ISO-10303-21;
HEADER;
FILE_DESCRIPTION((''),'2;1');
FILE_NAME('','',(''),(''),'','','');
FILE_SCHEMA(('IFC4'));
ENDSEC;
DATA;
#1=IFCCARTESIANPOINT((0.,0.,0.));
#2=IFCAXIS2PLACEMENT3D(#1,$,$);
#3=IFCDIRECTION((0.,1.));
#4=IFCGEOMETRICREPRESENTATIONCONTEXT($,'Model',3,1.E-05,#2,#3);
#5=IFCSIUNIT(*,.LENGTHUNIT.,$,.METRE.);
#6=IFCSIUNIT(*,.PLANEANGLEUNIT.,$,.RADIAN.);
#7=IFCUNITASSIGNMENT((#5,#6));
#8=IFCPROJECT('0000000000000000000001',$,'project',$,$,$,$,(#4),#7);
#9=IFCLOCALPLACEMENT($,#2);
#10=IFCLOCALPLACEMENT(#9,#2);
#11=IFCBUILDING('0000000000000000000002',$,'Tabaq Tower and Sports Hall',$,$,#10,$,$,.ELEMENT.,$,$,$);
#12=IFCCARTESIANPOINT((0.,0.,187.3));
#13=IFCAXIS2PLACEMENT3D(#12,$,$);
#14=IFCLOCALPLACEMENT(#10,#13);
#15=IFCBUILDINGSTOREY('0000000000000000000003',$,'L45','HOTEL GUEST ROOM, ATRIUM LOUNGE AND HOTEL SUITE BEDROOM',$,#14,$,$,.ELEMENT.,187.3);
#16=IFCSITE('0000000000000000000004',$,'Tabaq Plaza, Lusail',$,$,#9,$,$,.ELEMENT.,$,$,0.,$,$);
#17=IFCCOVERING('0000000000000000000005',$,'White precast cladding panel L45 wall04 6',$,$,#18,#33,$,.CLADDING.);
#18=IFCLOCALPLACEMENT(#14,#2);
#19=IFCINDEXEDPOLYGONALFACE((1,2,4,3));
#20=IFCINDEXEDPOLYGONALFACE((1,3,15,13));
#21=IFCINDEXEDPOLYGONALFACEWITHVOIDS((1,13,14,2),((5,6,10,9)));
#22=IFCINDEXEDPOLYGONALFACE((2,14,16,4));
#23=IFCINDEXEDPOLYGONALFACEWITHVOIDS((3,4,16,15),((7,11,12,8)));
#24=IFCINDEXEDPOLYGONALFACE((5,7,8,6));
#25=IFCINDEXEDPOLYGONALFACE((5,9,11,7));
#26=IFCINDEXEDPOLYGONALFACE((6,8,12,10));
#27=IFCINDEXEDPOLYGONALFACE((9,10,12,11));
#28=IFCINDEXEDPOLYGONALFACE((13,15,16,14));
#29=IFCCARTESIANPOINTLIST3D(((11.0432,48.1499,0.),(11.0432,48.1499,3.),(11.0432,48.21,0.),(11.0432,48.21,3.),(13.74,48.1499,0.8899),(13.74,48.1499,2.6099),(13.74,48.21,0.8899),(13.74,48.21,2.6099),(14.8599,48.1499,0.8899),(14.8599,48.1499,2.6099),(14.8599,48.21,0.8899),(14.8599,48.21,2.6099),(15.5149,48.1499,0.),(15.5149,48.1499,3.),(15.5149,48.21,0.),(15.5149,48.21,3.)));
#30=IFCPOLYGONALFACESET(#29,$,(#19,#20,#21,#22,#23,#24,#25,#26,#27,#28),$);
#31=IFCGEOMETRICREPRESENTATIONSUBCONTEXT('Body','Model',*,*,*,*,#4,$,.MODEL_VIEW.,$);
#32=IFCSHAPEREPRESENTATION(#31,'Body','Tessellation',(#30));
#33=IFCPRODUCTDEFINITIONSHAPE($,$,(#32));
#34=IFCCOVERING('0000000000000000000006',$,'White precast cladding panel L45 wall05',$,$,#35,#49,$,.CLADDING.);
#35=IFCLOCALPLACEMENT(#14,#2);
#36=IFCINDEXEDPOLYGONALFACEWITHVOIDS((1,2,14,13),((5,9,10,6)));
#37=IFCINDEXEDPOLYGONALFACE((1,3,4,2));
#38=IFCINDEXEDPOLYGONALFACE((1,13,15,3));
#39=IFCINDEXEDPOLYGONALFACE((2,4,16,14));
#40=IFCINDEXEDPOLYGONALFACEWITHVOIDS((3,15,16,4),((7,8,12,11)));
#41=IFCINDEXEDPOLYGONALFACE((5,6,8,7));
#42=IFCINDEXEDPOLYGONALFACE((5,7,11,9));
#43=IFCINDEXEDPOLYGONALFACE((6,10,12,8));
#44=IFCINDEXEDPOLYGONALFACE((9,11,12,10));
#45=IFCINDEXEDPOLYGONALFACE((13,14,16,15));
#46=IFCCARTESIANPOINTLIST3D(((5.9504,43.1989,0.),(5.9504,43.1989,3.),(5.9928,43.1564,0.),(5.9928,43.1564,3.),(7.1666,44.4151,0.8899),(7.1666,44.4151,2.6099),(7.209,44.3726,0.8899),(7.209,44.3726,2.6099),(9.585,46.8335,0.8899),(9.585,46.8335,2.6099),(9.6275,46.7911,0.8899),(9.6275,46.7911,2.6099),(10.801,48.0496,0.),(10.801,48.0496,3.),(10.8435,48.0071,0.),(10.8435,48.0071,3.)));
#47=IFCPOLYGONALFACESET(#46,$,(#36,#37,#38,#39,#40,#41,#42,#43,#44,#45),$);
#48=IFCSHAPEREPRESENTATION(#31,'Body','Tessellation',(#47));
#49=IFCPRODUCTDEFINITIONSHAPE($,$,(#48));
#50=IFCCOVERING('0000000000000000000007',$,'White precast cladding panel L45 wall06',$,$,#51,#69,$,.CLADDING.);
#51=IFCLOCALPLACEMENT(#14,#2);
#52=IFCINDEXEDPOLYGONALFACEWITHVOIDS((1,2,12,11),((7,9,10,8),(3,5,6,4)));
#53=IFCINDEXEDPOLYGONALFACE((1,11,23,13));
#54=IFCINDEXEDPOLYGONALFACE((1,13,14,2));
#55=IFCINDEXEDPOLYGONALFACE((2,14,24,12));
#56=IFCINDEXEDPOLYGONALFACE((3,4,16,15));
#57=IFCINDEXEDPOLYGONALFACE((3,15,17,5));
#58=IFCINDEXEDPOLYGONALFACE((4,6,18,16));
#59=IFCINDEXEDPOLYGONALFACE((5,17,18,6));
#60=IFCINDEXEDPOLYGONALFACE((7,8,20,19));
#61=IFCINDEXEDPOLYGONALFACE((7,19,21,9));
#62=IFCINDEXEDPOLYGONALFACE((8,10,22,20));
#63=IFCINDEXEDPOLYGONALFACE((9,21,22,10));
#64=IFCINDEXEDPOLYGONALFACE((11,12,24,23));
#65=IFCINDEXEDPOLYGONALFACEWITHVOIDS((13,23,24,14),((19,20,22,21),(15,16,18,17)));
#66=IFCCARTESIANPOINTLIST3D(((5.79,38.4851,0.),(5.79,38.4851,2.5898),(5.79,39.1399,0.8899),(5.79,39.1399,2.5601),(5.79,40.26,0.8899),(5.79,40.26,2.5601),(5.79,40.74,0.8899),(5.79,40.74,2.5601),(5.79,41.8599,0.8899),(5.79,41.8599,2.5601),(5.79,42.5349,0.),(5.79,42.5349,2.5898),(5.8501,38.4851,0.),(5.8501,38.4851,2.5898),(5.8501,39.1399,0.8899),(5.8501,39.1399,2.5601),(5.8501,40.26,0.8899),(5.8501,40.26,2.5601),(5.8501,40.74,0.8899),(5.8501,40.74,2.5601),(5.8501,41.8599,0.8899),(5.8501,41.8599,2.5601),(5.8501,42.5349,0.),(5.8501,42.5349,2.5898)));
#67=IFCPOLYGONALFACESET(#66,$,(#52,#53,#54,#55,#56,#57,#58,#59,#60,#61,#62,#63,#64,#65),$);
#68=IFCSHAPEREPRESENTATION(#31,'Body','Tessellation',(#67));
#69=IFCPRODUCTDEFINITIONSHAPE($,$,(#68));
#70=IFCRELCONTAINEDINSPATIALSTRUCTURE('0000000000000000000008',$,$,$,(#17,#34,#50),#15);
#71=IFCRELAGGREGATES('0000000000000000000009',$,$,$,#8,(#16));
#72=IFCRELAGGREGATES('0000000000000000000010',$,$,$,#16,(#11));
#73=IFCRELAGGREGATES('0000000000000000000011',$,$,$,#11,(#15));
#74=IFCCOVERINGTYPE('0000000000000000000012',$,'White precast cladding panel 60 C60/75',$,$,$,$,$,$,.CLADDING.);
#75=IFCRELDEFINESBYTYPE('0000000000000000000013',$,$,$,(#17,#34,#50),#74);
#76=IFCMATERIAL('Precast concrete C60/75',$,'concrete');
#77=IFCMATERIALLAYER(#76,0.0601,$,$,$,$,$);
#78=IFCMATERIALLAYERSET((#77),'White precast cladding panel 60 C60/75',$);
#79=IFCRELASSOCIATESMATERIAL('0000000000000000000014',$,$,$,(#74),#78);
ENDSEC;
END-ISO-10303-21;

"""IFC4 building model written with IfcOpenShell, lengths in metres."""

from ifc_helpers import new_model, si_unit, direction, frame, origin, place, context, subcontext, project, spatial, polyline, outline, extrude, material, layer, layer_set, type_object, element, save


model = new_model("IFC4")

# Units and contexts
model_context = context("Model", 3, precision=1e-05, world=origin(), true_north=direction((0.0, 1.0)))
body_context = subcontext(model_context, "Body", "Model", "MODEL_VIEW")
ifc_project = project(units=[si_unit("LENGTHUNIT", "METRE"), si_unit("PLANEANGLEUNIT", "RADIAN")], contexts=[model_context])

# Site, building, storey
site_placement = place(None, origin())
site = spatial("IfcSite", under=ifc_project, at=site_placement, Name="Tabaq Plaza, Lusail", CompositionType="ELEMENT", RefElevation=0.0)
building_placement = place(site_placement, origin())
building = spatial("IfcBuilding", under=site, at=building_placement, Name="Tabaq Tower and Sports Hall", CompositionType="ELEMENT")
storey_placement = place(building_placement, frame((0.0, 0.0, 187.3)))
storey = spatial("IfcBuildingStorey", under=building, at=storey_placement, Name="L45", Description="HOTEL GUEST ROOM, ATRIUM LOUNGE AND HOTEL SUITE BEDROOM", CompositionType="ELEMENT", Elevation=187.3)

# Coverings
ifc_material_1 = material(Name="Precast concrete C60/75", Category="concrete")
ifc_layer_1 = layer(ifc_material_1, 0.0601)
ifc_layer_set_1 = layer_set([ifc_layer_1], Name="White precast cladding panel 60 C60/75")
covering_type_1 = type_object("IfcCoveringType", Name="White precast cladding panel 60 C60/75", PredefinedType="CLADDING", material=ifc_layer_set_1)
covering_1_placement = place(storey_placement, frame((15.5149, 48.1799, 0.0), z_axis=(0.0, 0.0, 1.0), x_axis=(-1.0, 0.0, 0.0)))
element("IfcCovering", 1, at=covering_1_placement, inside=storey, type_object=covering_type_1, Name="White precast cladding panel L45 wall04 6", PredefinedType="CLADDING", context=body_context, shape_type="SweptSolid", body=[
    extrude(outline(polyline([(0.0, 0.0), (4.4717, 0.0), (4.4717, 3.0), (0.0, 3.0), (0.0, 0.0)]), holes=[polyline([(0.655, 0.8899), (0.655, 2.6099), (1.7749, 2.6099), (1.7749, 0.8899), (0.655, 0.8899)])]), frame((0.0, 0.03, 0.0), z_axis=(0.0, -1.0, 0.0), x_axis=(1.0, 0.0, 0.0)), (0.0, 0.0, 1.0), 0.0601),
])
covering_2_placement = place(storey_placement, frame((10.8223, 48.0283, 0.0), z_axis=(0.0, 0.0, 1.0), x_axis=(-0.707107, -0.707107, 0.0)))
element("IfcCovering", 2, at=covering_2_placement, inside=storey, type_object=covering_type_1, Name="White precast cladding panel L45 wall05", PredefinedType="CLADDING", context=body_context, shape_type="SweptSolid", body=[
    extrude(outline(polyline([(0.0, 0.0), (6.8599, 0.0), (6.8599, 3.0), (0.0, 3.0), (0.0, 0.0)]), holes=[polyline([(1.7197, 0.8899), (1.7197, 2.6099), (5.1399, 2.6099), (5.1399, 0.8899), (1.7197, 0.8899)])]), frame((0.0, 0.03, 0.0), z_axis=(0.0, -1.0, 0.0), x_axis=(1.0, 0.0, 0.0)), (0.0, 0.0, 1.0), 0.0601),
])
covering_3_placement = place(storey_placement, frame((5.8201, 42.5349, 0.0), z_axis=(0.0, 0.0, 1.0), x_axis=(0.0, -1.0, 0.0)))
element("IfcCovering", 3, at=covering_3_placement, inside=storey, type_object=covering_type_1, Name="White precast cladding panel L45 wall06", PredefinedType="CLADDING", context=body_context, shape_type="SweptSolid", body=[
    extrude(outline(polyline([(0.0, 0.0), (4.0498, 0.0), (4.0498, 2.5898), (0.0, 2.5898), (0.0, 0.0)]), holes=[polyline([(0.675, 0.8899), (0.675, 2.5601), (1.7949, 2.5601), (1.7949, 0.8899), (0.675, 0.8899)]), polyline([(2.2749, 0.8899), (2.2749, 2.5601), (3.395, 2.5601), (3.395, 0.8899), (2.2749, 0.8899)])]), frame((0.0, 0.03, 0.0), z_axis=(0.0, -1.0, 0.0), x_axis=(1.0, 0.0, 0.0)), (0.0, 0.0, 1.0), 0.0601),
])

save(model, "model.ifc")
